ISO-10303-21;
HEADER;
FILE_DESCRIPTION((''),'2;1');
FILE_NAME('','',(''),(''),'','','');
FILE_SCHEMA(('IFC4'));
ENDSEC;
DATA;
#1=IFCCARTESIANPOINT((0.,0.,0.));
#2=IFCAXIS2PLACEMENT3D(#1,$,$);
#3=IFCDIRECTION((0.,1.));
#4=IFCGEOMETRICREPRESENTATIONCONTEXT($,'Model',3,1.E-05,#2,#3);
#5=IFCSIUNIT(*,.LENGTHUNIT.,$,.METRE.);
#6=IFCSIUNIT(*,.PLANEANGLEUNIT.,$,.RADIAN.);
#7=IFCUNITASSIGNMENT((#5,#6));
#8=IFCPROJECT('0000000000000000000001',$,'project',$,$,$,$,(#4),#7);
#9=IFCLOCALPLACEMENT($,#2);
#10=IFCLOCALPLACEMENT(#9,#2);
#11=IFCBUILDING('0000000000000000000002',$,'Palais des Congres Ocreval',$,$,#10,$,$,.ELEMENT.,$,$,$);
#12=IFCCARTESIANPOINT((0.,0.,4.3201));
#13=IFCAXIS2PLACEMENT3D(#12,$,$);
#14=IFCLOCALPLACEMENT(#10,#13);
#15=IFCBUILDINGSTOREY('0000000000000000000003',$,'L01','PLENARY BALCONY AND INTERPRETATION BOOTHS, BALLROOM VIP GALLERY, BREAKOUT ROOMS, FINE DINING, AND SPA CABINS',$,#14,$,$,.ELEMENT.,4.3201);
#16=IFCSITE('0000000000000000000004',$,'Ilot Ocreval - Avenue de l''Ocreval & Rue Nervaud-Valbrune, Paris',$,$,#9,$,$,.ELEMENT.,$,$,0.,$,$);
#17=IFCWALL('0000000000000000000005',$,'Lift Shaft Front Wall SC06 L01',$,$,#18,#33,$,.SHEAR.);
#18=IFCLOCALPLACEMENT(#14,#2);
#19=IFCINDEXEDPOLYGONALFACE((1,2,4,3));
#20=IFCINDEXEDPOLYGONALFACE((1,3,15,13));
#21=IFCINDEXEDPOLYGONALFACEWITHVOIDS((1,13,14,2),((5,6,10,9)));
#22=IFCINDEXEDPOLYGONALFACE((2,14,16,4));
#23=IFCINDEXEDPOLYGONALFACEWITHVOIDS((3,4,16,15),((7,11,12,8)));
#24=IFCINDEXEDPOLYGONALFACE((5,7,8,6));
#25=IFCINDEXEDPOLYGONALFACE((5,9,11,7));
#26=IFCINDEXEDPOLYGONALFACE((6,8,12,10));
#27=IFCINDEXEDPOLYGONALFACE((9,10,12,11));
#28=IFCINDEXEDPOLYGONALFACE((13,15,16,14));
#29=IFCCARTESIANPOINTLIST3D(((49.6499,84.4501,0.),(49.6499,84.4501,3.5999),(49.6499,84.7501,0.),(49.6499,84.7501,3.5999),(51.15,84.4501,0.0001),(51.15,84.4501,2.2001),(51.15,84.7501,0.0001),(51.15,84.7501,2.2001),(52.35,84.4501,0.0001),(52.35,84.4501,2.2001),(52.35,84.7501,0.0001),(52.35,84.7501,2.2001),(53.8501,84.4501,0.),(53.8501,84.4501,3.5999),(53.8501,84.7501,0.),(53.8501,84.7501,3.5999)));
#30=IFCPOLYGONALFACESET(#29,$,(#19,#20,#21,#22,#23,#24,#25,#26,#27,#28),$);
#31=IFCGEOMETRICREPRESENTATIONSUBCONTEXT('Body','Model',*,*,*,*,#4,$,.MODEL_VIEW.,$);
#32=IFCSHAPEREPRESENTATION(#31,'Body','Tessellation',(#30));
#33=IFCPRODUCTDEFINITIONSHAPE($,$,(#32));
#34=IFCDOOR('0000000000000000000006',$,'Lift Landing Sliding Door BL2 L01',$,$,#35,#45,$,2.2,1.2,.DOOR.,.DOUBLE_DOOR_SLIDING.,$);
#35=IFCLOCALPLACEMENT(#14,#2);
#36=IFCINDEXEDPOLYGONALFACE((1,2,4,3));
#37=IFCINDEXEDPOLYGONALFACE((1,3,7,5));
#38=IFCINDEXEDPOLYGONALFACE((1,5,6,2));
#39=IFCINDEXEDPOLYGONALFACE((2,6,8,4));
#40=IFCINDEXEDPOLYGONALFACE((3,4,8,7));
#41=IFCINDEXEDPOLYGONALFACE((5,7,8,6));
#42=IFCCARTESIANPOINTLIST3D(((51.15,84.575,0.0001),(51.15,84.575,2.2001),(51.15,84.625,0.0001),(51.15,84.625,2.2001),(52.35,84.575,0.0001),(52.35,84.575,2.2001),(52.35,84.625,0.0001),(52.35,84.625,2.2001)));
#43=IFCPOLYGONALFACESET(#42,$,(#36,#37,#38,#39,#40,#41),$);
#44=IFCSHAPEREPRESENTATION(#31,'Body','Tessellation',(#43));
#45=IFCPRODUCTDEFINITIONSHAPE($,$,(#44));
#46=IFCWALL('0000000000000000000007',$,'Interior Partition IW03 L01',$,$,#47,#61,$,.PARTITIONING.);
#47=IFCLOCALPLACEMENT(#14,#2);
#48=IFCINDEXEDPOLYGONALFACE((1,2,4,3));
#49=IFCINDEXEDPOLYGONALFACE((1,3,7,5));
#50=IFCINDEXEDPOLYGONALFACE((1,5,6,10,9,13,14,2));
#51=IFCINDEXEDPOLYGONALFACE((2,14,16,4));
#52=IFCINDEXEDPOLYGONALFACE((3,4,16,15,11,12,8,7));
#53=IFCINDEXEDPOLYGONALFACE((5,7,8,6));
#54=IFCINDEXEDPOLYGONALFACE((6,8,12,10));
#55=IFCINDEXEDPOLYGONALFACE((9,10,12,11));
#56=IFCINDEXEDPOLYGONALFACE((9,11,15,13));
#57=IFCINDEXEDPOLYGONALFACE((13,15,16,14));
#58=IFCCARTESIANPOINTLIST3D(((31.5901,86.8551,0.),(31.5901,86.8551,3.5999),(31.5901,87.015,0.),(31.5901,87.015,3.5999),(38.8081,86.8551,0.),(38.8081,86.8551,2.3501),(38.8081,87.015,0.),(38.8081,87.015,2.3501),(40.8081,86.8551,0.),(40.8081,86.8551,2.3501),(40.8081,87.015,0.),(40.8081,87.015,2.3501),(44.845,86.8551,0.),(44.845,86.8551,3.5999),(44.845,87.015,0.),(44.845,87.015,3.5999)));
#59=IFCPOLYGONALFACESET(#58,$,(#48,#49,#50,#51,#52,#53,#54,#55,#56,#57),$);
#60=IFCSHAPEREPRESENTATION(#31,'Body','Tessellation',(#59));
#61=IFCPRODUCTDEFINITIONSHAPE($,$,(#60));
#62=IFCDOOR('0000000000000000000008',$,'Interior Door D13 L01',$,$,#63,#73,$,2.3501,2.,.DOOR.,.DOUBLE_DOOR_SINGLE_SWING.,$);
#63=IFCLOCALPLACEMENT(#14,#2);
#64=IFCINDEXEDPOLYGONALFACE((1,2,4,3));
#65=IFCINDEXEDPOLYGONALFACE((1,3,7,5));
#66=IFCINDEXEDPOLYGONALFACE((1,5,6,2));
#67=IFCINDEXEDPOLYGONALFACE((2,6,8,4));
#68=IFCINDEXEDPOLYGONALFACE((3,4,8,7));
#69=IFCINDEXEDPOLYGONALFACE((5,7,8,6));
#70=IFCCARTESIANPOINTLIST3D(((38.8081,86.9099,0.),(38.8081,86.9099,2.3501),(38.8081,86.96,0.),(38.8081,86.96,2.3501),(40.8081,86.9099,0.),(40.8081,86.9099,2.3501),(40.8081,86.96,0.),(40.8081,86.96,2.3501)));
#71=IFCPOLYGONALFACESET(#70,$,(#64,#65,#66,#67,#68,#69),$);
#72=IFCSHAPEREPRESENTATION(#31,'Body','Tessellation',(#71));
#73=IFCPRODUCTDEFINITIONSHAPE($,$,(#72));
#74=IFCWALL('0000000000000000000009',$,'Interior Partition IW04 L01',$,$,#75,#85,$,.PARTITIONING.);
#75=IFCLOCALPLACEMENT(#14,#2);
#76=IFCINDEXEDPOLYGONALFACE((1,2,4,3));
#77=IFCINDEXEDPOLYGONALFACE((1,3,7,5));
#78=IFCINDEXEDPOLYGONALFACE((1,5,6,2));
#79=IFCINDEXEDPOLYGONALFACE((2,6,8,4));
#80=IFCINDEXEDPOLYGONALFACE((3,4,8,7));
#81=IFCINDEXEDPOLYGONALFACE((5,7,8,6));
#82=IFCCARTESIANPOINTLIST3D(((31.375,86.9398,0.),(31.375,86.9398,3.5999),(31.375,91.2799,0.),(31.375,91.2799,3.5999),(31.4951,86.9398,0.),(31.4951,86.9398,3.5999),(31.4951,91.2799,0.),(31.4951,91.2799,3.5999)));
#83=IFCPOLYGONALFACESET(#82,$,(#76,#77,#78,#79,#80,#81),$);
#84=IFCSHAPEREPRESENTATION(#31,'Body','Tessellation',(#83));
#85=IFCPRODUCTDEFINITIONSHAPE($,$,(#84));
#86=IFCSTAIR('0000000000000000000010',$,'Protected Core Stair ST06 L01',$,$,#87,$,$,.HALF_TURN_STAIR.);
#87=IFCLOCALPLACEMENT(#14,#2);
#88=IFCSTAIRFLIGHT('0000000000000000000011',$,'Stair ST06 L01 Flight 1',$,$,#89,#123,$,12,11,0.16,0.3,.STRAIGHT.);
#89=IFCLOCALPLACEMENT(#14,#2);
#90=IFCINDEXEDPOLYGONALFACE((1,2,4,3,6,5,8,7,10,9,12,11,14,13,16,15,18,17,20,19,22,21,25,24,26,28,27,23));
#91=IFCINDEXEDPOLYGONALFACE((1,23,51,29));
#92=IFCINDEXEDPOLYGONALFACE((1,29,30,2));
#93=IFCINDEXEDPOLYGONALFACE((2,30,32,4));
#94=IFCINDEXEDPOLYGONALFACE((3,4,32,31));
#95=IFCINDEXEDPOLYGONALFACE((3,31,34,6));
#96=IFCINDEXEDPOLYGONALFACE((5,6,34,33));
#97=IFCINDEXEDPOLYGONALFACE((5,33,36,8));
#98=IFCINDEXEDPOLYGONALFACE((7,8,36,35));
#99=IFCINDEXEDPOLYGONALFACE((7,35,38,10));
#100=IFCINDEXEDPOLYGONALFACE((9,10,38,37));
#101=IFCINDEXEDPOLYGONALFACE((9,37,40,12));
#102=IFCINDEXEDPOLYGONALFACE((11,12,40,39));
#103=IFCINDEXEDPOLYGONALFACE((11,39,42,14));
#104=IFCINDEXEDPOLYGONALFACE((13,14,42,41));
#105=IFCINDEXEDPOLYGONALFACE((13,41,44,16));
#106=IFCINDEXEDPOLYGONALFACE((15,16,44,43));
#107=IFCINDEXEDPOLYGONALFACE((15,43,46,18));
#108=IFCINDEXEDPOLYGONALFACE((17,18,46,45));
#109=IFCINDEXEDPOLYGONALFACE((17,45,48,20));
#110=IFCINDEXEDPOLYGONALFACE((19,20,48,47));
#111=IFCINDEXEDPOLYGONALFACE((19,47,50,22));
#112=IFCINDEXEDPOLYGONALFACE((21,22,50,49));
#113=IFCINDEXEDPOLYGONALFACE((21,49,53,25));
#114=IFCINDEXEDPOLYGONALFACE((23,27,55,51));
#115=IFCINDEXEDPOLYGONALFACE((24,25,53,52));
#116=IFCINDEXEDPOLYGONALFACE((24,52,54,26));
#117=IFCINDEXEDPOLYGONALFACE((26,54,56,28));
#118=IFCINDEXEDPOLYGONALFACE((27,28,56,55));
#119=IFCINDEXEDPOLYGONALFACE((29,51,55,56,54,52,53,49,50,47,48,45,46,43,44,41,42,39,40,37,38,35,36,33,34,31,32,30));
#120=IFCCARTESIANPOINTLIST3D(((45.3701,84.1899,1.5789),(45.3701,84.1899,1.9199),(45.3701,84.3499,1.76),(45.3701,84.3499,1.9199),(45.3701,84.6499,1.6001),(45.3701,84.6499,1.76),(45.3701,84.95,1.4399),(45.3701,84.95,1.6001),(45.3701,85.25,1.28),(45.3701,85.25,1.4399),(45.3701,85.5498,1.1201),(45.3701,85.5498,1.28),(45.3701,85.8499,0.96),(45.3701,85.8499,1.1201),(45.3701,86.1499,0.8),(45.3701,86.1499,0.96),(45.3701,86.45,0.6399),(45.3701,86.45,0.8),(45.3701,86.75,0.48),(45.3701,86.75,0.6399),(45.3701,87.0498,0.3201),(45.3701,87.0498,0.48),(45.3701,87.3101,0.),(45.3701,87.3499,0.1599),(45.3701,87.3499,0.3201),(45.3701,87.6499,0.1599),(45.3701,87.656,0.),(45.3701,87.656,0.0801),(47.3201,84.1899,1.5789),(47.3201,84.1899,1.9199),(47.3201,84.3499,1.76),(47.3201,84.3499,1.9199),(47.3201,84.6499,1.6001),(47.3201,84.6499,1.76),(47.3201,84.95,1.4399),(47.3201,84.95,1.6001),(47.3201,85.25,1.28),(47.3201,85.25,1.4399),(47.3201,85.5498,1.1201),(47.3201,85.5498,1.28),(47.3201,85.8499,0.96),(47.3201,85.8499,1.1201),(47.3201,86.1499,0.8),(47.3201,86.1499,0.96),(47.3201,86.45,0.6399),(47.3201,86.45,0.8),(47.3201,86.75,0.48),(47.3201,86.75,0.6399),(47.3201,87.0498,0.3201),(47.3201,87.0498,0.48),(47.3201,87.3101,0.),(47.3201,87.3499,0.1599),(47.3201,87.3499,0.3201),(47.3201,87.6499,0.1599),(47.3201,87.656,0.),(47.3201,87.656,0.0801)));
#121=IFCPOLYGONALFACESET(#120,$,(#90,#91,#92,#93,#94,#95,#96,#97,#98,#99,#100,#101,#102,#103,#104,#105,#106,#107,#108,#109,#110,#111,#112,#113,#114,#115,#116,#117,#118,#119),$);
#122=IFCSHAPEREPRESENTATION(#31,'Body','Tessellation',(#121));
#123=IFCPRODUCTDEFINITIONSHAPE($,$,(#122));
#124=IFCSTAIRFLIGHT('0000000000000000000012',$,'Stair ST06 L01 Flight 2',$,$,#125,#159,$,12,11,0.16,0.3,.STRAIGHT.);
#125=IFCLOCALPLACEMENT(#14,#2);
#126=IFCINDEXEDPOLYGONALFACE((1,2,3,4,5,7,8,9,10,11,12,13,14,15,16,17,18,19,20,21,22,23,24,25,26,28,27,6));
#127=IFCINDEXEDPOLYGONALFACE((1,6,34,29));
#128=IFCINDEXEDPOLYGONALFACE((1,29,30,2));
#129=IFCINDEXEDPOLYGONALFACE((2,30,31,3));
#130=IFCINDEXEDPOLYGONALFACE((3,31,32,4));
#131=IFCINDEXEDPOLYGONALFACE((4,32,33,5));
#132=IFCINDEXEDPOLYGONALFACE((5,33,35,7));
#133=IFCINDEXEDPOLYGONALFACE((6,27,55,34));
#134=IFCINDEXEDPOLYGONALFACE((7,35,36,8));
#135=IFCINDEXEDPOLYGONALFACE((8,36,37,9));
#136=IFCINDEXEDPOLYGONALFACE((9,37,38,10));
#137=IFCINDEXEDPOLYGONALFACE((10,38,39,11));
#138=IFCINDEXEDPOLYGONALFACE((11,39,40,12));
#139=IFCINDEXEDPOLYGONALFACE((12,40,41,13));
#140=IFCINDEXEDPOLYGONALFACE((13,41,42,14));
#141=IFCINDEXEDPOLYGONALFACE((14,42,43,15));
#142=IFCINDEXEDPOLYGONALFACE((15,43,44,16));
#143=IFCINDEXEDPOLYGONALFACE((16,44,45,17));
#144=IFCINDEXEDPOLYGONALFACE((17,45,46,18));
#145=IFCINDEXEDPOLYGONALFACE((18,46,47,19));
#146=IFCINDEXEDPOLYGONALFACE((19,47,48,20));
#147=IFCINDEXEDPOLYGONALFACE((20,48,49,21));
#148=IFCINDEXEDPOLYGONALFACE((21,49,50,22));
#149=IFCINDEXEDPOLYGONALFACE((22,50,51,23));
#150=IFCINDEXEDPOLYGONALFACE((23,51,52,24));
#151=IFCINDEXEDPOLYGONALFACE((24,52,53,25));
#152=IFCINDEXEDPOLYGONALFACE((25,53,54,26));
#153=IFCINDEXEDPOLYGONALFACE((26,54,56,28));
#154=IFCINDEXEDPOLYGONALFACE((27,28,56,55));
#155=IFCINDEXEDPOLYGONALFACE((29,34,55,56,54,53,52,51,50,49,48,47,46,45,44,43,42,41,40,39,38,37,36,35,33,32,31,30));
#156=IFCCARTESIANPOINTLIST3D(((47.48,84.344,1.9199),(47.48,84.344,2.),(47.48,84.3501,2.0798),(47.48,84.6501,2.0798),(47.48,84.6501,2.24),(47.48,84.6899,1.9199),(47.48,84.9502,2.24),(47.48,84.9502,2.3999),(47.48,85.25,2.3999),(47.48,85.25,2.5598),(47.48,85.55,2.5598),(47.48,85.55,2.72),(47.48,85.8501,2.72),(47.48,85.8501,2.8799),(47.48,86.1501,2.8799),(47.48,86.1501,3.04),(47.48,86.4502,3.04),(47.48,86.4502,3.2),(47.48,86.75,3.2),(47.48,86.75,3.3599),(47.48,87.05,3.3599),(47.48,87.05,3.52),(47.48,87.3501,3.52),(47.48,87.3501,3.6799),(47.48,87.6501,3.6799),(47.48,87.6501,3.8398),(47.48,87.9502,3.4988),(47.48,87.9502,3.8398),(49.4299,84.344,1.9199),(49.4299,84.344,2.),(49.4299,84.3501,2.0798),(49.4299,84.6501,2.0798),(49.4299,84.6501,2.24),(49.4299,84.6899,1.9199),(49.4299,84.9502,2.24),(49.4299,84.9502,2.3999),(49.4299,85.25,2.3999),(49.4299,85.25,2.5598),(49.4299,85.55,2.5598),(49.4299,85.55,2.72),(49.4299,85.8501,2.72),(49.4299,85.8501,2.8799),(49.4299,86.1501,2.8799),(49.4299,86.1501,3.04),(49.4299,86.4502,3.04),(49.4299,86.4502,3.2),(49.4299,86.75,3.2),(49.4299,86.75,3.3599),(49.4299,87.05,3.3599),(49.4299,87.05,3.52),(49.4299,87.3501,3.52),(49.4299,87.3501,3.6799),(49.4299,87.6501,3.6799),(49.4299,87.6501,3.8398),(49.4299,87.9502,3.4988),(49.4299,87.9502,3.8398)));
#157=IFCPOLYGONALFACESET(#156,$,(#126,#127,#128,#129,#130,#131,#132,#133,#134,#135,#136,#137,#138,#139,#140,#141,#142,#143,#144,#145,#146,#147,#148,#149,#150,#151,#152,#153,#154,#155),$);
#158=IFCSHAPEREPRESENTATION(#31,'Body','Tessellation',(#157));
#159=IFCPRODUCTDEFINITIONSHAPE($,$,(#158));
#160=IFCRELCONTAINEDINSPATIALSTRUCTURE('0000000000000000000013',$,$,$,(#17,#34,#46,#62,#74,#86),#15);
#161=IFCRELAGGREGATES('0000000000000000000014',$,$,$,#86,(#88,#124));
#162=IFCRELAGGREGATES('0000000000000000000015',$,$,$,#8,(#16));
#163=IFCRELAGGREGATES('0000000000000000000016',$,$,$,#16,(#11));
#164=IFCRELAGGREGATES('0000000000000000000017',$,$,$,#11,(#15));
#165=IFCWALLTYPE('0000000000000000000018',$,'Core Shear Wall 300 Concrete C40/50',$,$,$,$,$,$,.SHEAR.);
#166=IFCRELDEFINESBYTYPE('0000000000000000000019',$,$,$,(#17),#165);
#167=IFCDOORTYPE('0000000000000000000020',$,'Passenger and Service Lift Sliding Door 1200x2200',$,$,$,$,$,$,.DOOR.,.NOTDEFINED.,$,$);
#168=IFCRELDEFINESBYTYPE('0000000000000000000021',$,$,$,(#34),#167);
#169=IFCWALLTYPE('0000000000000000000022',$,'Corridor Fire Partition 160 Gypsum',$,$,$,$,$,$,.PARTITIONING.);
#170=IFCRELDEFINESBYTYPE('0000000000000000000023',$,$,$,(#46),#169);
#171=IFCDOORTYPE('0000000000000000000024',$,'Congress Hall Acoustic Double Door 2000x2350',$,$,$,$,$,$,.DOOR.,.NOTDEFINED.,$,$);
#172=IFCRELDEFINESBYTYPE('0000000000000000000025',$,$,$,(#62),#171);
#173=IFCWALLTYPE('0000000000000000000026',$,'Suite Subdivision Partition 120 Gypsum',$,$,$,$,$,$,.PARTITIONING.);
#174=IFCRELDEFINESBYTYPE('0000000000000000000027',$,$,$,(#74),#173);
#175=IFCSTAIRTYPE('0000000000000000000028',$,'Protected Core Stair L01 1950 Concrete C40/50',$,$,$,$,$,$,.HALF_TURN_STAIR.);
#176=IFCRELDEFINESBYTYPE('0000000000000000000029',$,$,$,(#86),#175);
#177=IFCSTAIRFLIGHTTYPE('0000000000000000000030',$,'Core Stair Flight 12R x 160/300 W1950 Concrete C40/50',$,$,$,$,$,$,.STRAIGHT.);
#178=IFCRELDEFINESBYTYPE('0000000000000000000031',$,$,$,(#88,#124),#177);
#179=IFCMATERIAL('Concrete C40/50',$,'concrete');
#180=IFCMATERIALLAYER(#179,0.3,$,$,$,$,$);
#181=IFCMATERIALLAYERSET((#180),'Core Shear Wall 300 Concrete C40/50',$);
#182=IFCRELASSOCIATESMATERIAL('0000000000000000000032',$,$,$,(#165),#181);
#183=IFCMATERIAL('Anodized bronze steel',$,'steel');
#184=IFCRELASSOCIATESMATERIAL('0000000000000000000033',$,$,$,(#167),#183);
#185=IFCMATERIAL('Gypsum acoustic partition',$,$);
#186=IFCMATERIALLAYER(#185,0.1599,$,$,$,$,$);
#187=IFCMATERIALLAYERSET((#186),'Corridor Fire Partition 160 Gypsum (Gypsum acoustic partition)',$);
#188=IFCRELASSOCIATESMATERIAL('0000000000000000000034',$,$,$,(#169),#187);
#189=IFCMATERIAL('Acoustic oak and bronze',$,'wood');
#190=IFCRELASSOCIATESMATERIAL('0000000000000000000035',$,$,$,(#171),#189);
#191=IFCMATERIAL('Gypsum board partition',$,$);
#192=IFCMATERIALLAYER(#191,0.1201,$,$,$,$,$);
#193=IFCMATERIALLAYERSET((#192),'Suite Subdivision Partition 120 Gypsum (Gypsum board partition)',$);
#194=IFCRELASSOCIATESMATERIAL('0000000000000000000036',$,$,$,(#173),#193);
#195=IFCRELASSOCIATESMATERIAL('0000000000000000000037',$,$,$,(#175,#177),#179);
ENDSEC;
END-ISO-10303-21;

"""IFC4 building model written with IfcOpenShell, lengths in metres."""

from ifc_helpers import new_model, si_unit, direction, frame, frame_2d, origin, place, context, subcontext, project, spatial, polyline, rectangle, outline, extrude, material, layer, layer_set, type_object, element, fill, aggregate, save


model = new_model("IFC4")

# Units and contexts
model_context = context("Model", 3, precision=1e-05, world=origin(), true_north=direction((0.0, 1.0)))
body_context = subcontext(model_context, "Body", "Model", "MODEL_VIEW")
ifc_project = project(units=[si_unit("LENGTHUNIT", "METRE"), si_unit("PLANEANGLEUNIT", "RADIAN")], contexts=[model_context])

# Site, building, storey
site_placement = place(None, origin())
site = spatial("IfcSite", under=ifc_project, at=site_placement, Name="Ilot Ocreval - Avenue de l'Ocreval & Rue Nervaud-Valbrune, Paris", CompositionType="ELEMENT", RefElevation=0.0)
building_placement = place(site_placement, origin())
building = spatial("IfcBuilding", under=site, at=building_placement, Name="Palais des Congres Ocreval", CompositionType="ELEMENT")
storey_placement = place(building_placement, frame((0.0, 0.0, 4.3201)))
storey = spatial("IfcBuildingStorey", under=building, at=storey_placement, Name="L01", Description="PLENARY BALCONY AND INTERPRETATION BOOTHS, BALLROOM VIP GALLERY, BREAKOUT ROOMS, FINE DINING, AND SPA CABINS", CompositionType="ELEMENT", Elevation=4.3201)

# Walls, openings, doors
ifc_material_1 = material(Name="Concrete C40/50", Category="concrete")
ifc_layer_1 = layer(ifc_material_1, 0.3)
ifc_layer_set_1 = layer_set([ifc_layer_1], Name="Core Shear Wall 300 Concrete C40/50")
wall_type_1 = type_object("IfcWallType", Name="Core Shear Wall 300 Concrete C40/50", PredefinedType="SHEAR", material=ifc_layer_set_1)
wall_1_placement = place(storey_placement, frame((49.6499, 84.6001, 0.0), z_axis=(0.0, 0.0, 1.0), x_axis=(1.0, 0.0, 0.0)))
wall_1 = element("IfcWall", 1, at=wall_1_placement, inside=storey, type_object=wall_type_1, Name="Lift Shaft Front Wall SC06 L01", PredefinedType="SHEAR", context=body_context, shape_type="SweptSolid", body=[
    extrude(rectangle(XDim=4.2002, YDim=0.3, at=frame_2d((2.1001, 0.0))), origin(), (0.0, 0.0, 1.0), 3.5999),
])
opening_1_placement = place(wall_1_placement, frame((1.5, 0.0, 0.0)))
opening_1 = element("IfcOpeningElement", 2, at=opening_1_placement, cuts=wall_1, PredefinedType="OPENING", context=body_context, shape_type="SweptSolid", body=[
    extrude(rectangle(XDim=1.2, YDim=2.2, at=frame_2d((0.6001, 1.1001))), frame((0.0, 0.1599, 0.0), z_axis=(0.0, -1.0, 0.0), x_axis=(1.0, 0.0, 0.0)), (0.0, 0.0, 1.0), 0.3201),
])
ifc_material_2 = material(Name="Anodized bronze steel", Category="steel")
door_type_1 = type_object("IfcDoorType", Name="Passenger and Service Lift Sliding Door 1200x2200", OperationType="NOTDEFINED", PredefinedType="DOOR", material=ifc_material_2)
door_1_placement = place(opening_1_placement, origin())
door_1 = element("IfcDoor", 3, at=door_1_placement, inside=storey, type_object=door_type_1, Name="Lift Landing Sliding Door BL2 L01", OperationType="DOUBLE_DOOR_SLIDING", OverallHeight=2.2, OverallWidth=1.2, PredefinedType="DOOR", context=body_context, shape_type="SweptSolid", body=[
    extrude(rectangle(XDim=1.2, YDim=2.2, at=frame_2d((0.6001, 1.1001))), frame((0.0, 0.0249, 0.0), z_axis=(0.0, -1.0, 0.0), x_axis=(1.0, 0.0, 0.0)), (0.0, 0.0, 1.0), 0.05),
])
fill(opening_1, door_1)
ifc_material_3 = material(Name="Gypsum acoustic partition")
ifc_layer_2 = layer(ifc_material_3, 0.1599)
ifc_layer_set_2 = layer_set([ifc_layer_2], Name="Corridor Fire Partition 160 Gypsum (Gypsum acoustic partition)")
wall_type_2 = type_object("IfcWallType", Name="Corridor Fire Partition 160 Gypsum", PredefinedType="PARTITIONING", material=ifc_layer_set_2)
wall_2_placement = place(storey_placement, frame((31.5901, 86.9351, 0.0), z_axis=(0.0, 0.0, 1.0), x_axis=(1.0, 0.0, 0.0)))
wall_2 = element("IfcWall", 4, at=wall_2_placement, inside=storey, type_object=wall_type_2, Name="Interior Partition IW03 L01", PredefinedType="PARTITIONING", context=body_context, shape_type="SweptSolid", body=[
    extrude(rectangle(XDim=13.2549, YDim=0.1599, at=frame_2d((6.6274, 0.0))), origin(), (0.0, 0.0, 1.0), 3.5999),
])
opening_2_placement = place(wall_2_placement, frame((7.218, 0.0, 0.0)))
opening_2 = element("IfcOpeningElement", 5, at=opening_2_placement, cuts=wall_2, PredefinedType="OPENING", context=body_context, shape_type="SweptSolid", body=[
    extrude(rectangle(XDim=2.0, YDim=2.3501, at=frame_2d((1.0, 1.175))), frame((0.0, 0.0898, 0.0), z_axis=(0.0, -1.0, 0.0), x_axis=(1.0, 0.0, 0.0)), (0.0, 0.0, 1.0), 0.1799),
])
ifc_material_4 = material(Name="Acoustic oak and bronze", Category="wood")
door_type_2 = type_object("IfcDoorType", Name="Congress Hall Acoustic Double Door 2000x2350", OperationType="NOTDEFINED", PredefinedType="DOOR", material=ifc_material_4)
door_2_placement = place(opening_2_placement, origin())
door_2 = element("IfcDoor", 6, at=door_2_placement, inside=storey, type_object=door_type_2, Name="Interior Door D13 L01", OperationType="DOUBLE_DOOR_SINGLE_SWING", OverallHeight=2.3501, OverallWidth=2.0, PredefinedType="DOOR", context=body_context, shape_type="SweptSolid", body=[
    extrude(rectangle(XDim=2.0, YDim=2.3501, at=frame_2d((1.0, 1.175))), frame((0.0, 0.0249, 0.0), z_axis=(0.0, -1.0, 0.0), x_axis=(1.0, 0.0, 0.0)), (0.0, 0.0, 1.0), 0.05),
])
fill(opening_2, door_2)

# Wall
ifc_material_5 = material(Name="Gypsum board partition")
ifc_layer_3 = layer(ifc_material_5, 0.1201)
ifc_layer_set_3 = layer_set([ifc_layer_3], Name="Suite Subdivision Partition 120 Gypsum (Gypsum board partition)")
wall_type_3 = type_object("IfcWallType", Name="Suite Subdivision Partition 120 Gypsum", PredefinedType="PARTITIONING", material=ifc_layer_set_3)
wall_3_placement = place(storey_placement, frame((31.4351, 86.9399, 0.0), z_axis=(0.0, 0.0, 1.0), x_axis=(0.0, 1.0, 0.0)))
element("IfcWall", 7, at=wall_3_placement, inside=storey, type_object=wall_type_3, Name="Interior Partition IW04 L01", PredefinedType="PARTITIONING", context=body_context, shape_type="SweptSolid", body=[
    extrude(rectangle(XDim=4.3401, YDim=0.1201, at=frame_2d((2.1699, 0.0))), origin(), (0.0, 0.0, 1.0), 3.5999),
])

# Stair, stair flights
stair_type = type_object("IfcStairType", Name="Protected Core Stair L01 1950 Concrete C40/50", PredefinedType="HALF_TURN_STAIR", material=ifc_material_1)
stair_placement = place(storey_placement, origin())
stair = element("IfcStair", 8, at=stair_placement, inside=storey, type_object=stair_type, Name="Protected Core Stair ST06 L01", PredefinedType="HALF_TURN_STAIR")
stair_flight_type = type_object("IfcStairFlightType", Name="Core Stair Flight 12R x 160/300 W1950 Concrete C40/50", PredefinedType="STRAIGHT", material=ifc_material_1)
stair_flight_1_placement = place(storey_placement, frame((46.345, 87.6499, 0.0), z_axis=(0.0, 0.0, 1.0), x_axis=(0.0, -1.0, 0.0)))
stair_flight_1 = element("IfcStairFlight", 9, at=stair_flight_1_placement, type_object=stair_flight_type, Name="Stair ST06 L01 Flight 1", NumberOfRisers=12, NumberOfTreads=11, PredefinedType="STRAIGHT", RiserHeight=0.16, TreadLength=0.3, context=body_context, shape_type="SweptSolid", body=[
    extrude(outline(polyline([(-0.0061, 0.0), (-0.0061, 0.0801), (0.0, 0.1599), (0.3, 0.1599), (0.3, 0.3201), (0.6001, 0.3201), (0.6001, 0.48), (0.8999, 0.48), (0.8999, 0.6399), (1.2, 0.6399), (1.2, 0.8), (1.5, 0.8), (1.5, 0.96), (1.8, 0.96), (1.8, 1.1201), (2.1001, 1.1201), (2.1001, 1.28), (2.3999, 1.28), (2.3999, 1.4399), (2.7, 1.4399), (2.7, 1.6001), (3.0, 1.6001), (3.0, 1.76), (3.3, 1.76), (3.3, 1.9199), (3.46, 1.9199), (3.46, 1.5789), (0.3398, 0.0), (-0.0061, 0.0)])), frame((0.0, 0.9751, 0.0), z_axis=(0.0, -1.0, 0.0), x_axis=(1.0, 0.0, 0.0)), (0.0, 0.0, 1.0), 1.95),
])
stair_flight_2_placement = place(storey_placement, frame((48.4551, 84.3501, 1.9199), z_axis=(0.0, 0.0, 1.0), x_axis=(0.0, 1.0, 0.0)))
stair_flight_2 = element("IfcStairFlight", 10, at=stair_flight_2_placement, type_object=stair_flight_type, Name="Stair ST06 L01 Flight 2", NumberOfRisers=12, NumberOfTreads=11, PredefinedType="STRAIGHT", RiserHeight=0.16, TreadLength=0.3, context=body_context, shape_type="SweptSolid", body=[
    extrude(outline(polyline([(-0.0061, 0.0), (-0.0061, 0.0801), (0.0, 0.1599), (0.3, 0.1599), (0.3, 0.3201), (0.6001, 0.3201), (0.6001, 0.48), (0.8999, 0.48), (0.8999, 0.6399), (1.2, 0.6399), (1.2, 0.8), (1.5, 0.8), (1.5, 0.96), (1.8, 0.96), (1.8, 1.1201), (2.1001, 1.1201), (2.1001, 1.28), (2.3999, 1.28), (2.3999, 1.4399), (2.7, 1.4399), (2.7, 1.6001), (3.0, 1.6001), (3.0, 1.76), (3.3, 1.76), (3.3, 1.9199), (3.6001, 1.9199), (3.6001, 1.5789), (0.3398, 0.0), (-0.0061, 0.0)])), frame((0.0, 0.9751, 0.0), z_axis=(0.0, -1.0, 0.0), x_axis=(1.0, 0.0, 0.0)), (0.0, 0.0, 1.0), 1.95),
])
aggregate(stair, [stair_flight_1, stair_flight_2])

save(model, "model.ifc")
